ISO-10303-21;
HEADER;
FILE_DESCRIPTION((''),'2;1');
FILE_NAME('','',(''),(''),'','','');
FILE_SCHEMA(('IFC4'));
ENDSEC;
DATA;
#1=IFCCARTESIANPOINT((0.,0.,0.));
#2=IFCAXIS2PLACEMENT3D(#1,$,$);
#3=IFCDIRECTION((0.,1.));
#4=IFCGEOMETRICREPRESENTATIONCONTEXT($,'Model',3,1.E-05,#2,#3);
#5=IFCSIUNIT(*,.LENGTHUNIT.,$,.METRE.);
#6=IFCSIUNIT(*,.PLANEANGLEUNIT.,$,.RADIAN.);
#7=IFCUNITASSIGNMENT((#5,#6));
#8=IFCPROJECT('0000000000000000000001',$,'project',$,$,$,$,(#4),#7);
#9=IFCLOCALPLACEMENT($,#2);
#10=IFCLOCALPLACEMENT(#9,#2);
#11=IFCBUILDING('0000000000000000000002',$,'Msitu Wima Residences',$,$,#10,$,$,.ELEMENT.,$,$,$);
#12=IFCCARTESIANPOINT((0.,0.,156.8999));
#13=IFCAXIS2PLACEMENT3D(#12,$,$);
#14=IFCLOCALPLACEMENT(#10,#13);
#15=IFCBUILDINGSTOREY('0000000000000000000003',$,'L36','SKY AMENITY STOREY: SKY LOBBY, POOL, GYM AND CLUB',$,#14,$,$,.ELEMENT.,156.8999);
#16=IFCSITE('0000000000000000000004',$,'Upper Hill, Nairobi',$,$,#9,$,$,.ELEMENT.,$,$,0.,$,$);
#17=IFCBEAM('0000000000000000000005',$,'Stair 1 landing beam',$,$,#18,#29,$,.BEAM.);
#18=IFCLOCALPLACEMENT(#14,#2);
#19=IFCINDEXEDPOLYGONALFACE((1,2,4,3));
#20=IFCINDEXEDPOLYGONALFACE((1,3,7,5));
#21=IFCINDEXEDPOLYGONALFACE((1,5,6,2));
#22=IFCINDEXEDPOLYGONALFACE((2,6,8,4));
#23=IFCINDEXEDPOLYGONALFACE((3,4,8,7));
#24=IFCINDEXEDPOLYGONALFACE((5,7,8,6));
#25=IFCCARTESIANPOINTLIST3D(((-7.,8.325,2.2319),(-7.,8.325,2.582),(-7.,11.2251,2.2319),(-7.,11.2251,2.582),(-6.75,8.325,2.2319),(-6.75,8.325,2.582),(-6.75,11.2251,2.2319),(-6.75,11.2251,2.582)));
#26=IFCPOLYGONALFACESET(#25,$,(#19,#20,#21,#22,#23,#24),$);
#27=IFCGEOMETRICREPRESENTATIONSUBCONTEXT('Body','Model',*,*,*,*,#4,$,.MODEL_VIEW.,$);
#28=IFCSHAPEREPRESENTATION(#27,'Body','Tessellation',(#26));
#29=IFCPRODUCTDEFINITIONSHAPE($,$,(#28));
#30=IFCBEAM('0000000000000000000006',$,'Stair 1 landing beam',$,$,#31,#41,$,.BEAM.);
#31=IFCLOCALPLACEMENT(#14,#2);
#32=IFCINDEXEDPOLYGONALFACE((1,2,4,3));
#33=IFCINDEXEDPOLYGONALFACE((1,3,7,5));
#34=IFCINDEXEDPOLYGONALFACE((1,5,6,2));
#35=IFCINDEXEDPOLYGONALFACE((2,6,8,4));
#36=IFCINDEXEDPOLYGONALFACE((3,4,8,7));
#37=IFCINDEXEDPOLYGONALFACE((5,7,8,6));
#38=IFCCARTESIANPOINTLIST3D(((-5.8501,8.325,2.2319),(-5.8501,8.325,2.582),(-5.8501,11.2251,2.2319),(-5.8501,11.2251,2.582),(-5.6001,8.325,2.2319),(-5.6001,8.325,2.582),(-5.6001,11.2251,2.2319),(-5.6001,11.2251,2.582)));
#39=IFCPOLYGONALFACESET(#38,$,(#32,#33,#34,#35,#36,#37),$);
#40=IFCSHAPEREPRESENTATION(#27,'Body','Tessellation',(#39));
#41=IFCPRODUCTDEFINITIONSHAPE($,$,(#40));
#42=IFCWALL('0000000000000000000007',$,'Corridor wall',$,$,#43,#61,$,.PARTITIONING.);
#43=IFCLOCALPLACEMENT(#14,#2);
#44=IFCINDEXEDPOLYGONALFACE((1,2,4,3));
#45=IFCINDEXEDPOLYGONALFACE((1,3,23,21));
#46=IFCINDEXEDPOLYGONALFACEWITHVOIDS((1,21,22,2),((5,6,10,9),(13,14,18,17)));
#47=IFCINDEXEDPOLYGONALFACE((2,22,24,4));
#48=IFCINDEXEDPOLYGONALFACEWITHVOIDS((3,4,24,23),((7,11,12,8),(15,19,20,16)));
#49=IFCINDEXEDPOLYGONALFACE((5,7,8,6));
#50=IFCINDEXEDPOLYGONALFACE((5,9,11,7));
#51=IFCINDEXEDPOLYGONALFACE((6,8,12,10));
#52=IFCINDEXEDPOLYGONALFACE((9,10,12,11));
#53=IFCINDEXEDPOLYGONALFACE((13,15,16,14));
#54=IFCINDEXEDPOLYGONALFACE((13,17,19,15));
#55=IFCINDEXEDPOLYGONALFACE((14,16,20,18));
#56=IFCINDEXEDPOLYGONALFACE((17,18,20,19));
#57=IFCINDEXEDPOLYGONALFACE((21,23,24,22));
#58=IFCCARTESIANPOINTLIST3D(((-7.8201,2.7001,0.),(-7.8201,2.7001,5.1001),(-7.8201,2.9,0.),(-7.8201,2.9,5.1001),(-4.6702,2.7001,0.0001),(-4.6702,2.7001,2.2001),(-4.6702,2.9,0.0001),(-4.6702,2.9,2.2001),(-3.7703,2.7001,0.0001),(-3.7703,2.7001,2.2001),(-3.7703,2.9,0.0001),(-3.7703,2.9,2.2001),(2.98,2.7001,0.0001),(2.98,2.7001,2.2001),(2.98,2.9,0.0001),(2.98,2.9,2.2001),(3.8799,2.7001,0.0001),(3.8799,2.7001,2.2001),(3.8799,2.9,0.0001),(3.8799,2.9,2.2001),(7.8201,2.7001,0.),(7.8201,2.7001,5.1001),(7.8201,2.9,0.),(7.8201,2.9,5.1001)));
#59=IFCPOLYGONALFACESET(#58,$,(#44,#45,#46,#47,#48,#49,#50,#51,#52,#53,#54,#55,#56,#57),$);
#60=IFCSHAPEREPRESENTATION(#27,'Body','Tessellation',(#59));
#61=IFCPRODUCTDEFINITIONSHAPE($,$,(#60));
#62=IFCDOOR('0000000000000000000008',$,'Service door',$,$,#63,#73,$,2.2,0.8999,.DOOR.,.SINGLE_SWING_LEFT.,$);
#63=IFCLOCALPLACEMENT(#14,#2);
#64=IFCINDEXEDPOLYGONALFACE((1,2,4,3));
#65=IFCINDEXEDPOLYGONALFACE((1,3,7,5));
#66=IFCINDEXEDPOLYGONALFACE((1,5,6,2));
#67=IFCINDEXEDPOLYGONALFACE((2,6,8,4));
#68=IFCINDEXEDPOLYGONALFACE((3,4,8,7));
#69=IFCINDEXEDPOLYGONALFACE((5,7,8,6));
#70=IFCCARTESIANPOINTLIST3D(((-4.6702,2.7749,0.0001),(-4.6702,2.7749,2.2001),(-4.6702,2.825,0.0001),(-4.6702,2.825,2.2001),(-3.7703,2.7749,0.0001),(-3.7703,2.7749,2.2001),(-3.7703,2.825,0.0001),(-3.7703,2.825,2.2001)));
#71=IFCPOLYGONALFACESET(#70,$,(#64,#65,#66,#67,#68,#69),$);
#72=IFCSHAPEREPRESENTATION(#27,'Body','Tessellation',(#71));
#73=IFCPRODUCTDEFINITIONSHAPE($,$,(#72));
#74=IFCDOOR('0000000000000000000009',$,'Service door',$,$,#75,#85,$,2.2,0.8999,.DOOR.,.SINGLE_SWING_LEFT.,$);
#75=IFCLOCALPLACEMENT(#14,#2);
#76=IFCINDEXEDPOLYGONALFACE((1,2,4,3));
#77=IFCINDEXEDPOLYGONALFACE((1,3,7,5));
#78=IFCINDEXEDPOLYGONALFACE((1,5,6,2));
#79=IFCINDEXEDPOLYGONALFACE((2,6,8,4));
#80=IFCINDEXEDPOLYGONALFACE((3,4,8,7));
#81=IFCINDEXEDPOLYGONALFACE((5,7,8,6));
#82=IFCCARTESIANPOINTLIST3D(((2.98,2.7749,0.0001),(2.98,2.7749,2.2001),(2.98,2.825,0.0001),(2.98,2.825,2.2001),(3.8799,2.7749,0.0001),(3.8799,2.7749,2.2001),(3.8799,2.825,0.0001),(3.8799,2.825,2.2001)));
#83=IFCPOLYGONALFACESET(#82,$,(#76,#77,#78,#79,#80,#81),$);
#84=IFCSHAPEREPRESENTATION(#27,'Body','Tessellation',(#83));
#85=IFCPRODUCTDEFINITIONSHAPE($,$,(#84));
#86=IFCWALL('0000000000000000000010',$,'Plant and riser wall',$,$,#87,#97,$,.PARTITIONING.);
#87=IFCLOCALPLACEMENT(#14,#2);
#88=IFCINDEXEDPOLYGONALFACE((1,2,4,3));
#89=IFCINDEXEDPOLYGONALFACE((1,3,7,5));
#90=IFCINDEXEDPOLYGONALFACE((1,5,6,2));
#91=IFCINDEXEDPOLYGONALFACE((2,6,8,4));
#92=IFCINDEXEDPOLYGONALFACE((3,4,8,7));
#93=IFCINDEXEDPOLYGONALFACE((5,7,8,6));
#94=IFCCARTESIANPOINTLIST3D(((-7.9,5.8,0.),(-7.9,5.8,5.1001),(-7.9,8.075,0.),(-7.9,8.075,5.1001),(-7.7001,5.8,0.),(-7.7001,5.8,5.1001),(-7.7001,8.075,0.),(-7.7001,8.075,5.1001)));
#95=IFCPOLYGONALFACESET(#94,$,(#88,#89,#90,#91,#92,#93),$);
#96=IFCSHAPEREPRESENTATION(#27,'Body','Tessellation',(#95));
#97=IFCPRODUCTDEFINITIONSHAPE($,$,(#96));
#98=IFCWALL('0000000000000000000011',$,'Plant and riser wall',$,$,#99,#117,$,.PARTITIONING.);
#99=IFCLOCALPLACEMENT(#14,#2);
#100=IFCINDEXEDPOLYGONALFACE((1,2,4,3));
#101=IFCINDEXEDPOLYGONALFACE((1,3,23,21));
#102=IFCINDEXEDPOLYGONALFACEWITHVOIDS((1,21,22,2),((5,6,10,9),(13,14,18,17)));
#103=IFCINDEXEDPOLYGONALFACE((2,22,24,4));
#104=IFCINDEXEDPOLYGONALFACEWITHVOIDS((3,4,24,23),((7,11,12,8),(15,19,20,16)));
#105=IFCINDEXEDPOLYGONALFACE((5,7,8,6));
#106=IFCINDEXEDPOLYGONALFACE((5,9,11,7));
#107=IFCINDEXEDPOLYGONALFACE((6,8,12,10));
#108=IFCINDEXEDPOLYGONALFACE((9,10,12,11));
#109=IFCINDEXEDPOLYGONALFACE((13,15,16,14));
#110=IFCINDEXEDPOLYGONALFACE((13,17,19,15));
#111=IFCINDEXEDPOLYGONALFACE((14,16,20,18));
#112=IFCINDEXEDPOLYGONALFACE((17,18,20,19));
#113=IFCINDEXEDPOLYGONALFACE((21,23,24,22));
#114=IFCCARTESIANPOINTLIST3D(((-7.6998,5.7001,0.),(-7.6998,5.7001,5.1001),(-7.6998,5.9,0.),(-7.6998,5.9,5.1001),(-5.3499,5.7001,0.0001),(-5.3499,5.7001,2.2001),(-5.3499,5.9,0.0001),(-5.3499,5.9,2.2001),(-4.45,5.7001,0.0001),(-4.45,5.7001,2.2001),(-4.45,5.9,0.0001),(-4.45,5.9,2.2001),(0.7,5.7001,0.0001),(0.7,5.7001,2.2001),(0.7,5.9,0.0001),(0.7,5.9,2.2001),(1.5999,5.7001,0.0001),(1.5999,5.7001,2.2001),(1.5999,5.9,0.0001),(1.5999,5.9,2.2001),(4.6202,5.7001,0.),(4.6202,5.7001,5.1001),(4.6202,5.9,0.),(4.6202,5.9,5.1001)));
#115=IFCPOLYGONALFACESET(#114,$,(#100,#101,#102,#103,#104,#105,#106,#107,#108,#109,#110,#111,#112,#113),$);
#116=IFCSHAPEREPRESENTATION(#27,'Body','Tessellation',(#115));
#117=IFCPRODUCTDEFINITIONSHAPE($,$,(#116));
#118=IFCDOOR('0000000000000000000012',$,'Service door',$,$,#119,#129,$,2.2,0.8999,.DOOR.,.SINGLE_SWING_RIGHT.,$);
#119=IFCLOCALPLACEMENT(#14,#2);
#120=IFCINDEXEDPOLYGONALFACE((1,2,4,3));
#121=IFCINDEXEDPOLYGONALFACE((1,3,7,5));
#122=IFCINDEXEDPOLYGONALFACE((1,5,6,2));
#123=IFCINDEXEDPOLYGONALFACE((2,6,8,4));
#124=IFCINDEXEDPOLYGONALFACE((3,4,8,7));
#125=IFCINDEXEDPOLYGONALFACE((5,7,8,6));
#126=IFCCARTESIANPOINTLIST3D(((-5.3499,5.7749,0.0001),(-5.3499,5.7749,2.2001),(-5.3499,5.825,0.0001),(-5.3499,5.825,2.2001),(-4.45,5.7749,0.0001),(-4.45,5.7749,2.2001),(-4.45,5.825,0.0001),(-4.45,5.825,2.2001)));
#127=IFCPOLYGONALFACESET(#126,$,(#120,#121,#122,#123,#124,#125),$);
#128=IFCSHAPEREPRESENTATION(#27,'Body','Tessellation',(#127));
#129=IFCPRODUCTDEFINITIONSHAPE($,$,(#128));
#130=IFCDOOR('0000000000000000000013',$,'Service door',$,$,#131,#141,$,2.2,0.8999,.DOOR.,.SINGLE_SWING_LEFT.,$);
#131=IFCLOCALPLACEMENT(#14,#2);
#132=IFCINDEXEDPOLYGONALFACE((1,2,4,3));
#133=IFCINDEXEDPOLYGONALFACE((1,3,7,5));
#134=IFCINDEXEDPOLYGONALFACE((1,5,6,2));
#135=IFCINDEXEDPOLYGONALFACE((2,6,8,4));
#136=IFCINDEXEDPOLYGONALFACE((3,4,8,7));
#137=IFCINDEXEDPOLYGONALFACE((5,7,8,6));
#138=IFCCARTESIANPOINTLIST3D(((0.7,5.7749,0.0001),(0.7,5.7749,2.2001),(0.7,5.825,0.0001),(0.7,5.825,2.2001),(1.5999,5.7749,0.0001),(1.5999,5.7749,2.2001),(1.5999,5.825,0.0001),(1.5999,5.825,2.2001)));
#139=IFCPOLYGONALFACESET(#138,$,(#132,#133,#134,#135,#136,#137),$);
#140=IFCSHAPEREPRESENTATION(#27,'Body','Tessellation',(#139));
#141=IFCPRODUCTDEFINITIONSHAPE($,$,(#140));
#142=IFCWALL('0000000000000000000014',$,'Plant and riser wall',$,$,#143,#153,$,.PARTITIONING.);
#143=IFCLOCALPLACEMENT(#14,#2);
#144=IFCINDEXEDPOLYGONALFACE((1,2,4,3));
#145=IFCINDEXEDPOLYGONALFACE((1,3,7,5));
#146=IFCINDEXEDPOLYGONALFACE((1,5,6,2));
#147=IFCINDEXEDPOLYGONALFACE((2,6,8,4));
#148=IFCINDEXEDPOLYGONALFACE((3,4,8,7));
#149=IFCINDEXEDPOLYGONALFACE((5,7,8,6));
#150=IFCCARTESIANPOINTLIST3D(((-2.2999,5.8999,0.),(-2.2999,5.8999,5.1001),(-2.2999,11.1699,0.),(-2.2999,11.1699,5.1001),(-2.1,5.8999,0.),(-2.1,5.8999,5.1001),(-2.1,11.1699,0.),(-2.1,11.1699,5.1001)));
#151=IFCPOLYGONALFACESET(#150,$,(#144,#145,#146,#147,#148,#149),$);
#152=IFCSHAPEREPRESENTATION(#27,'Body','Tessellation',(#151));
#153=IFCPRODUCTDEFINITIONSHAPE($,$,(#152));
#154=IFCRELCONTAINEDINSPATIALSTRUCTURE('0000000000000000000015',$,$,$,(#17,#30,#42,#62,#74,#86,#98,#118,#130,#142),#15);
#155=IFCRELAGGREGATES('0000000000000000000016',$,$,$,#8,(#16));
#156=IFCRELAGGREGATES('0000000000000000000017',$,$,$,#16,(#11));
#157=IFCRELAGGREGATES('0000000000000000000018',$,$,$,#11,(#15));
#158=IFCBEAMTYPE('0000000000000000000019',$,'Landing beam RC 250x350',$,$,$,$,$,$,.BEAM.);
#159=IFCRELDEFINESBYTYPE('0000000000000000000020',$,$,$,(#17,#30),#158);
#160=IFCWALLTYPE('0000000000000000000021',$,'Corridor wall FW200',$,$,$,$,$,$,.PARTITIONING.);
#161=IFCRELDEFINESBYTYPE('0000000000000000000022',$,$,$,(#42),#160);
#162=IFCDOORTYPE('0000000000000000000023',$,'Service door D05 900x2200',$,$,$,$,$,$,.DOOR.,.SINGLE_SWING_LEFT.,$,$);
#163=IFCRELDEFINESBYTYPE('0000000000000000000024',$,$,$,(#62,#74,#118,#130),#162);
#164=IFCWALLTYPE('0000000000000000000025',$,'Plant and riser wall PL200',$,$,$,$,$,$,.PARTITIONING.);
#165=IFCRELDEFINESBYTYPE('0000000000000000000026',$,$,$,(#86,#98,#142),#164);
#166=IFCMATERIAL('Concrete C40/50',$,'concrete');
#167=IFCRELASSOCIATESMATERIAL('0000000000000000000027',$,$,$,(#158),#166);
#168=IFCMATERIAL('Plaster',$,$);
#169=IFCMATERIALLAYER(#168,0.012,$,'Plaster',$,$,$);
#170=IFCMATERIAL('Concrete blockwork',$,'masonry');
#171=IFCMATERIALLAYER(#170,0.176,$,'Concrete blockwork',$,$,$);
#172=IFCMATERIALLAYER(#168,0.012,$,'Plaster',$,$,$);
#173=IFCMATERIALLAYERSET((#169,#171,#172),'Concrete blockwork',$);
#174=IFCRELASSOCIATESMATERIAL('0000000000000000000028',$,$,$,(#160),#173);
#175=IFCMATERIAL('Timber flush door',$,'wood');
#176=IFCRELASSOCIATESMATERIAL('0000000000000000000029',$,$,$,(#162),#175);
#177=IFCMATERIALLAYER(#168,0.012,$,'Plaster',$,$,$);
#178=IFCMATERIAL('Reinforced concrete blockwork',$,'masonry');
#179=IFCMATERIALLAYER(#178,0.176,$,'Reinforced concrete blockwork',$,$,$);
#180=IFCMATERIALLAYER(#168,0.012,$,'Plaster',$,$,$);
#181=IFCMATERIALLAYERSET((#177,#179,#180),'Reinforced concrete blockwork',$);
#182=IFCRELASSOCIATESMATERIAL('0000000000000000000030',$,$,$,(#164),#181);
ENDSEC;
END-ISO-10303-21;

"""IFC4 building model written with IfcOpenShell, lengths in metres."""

from ifc_helpers import new_model, si_unit, direction, frame, frame_2d, origin, origin_2d, place, context, subcontext, project, spatial, rectangle, extrude, material, layer, layer_set, material_profile, profile_set, type_object, element, fill, save


model = new_model("IFC4")

# Units and contexts
model_context = context("Model", 3, precision=1e-05, world=origin(), true_north=direction((0.0, 1.0)))
body_context = subcontext(model_context, "Body", "Model", "MODEL_VIEW")
ifc_project = project(units=[si_unit("LENGTHUNIT", "METRE"), si_unit("PLANEANGLEUNIT", "RADIAN")], contexts=[model_context])

# Site, building, storey
site_placement = place(None, origin())
site = spatial("IfcSite", under=ifc_project, at=site_placement, Name="Upper Hill, Nairobi", CompositionType="ELEMENT", RefElevation=0.0)
building_placement = place(site_placement, origin())
building = spatial("IfcBuilding", under=site, at=building_placement, Name="Msitu Wima Residences", CompositionType="ELEMENT")
storey_placement = place(building_placement, frame((0.0, 0.0, 156.8999)))
storey = spatial("IfcBuildingStorey", under=building, at=storey_placement, Name="L36", Description="SKY AMENITY STOREY: SKY LOBBY, POOL, GYM AND CLUB", CompositionType="ELEMENT", Elevation=156.8999)

# Beams
ifc_material_1 = material(Name="Concrete C40/50", Category="concrete")
ifc_material_profile = material_profile(ifc_material_1, rectangle(XDim=0.25, YDim=0.3501, at=origin_2d()), Name="RC 250x350")
ifc_profile_set = profile_set([ifc_material_profile], Name="Concrete C40/50")
beam_type = type_object("IfcBeamType", Name="Landing beam RC 250x350", PredefinedType="BEAM", material=ifc_profile_set)
for number, where, z_axis, x_axis, name in (
    (1, (-6.875, 8.325, 2.407), (0.0, 1.0, 0.0), (-1.0, 0.0, 0.0), "Stair 1 landing beam"),
    (2, (-5.7251, 8.325, 2.407), (0.0, 1.0, 0.0), (-1.0, 0.0, 0.0), "Stair 1 landing beam"),
):
    element("IfcBeam", number, at=place(storey_placement, frame(where, z_axis=z_axis, x_axis=x_axis)), inside=storey, type_object=beam_type, Name=name, PredefinedType="BEAM", context=body_context, shape_type="SweptSolid", body=[
        extrude(rectangle(XDim=0.25, YDim=0.3501, at=origin_2d()), origin(), (0.0, 0.0, 1.0), 2.9001),
    ])

# Wall, openings, doors
ifc_material_2 = material(Name="Plaster")
ifc_layer_1 = layer(ifc_material_2, 0.012, Name="Plaster")
ifc_material_3 = material(Name="Concrete blockwork", Category="masonry")
ifc_layer_2 = layer(ifc_material_3, 0.176, Name="Concrete blockwork")
ifc_layer_3 = layer(ifc_material_2, 0.012, Name="Plaster")
ifc_layer_set_1 = layer_set([ifc_layer_1, ifc_layer_2, ifc_layer_3], Name="Concrete blockwork")
wall_type_1 = type_object("IfcWallType", Name="Corridor wall FW200", PredefinedType="PARTITIONING", material=ifc_layer_set_1)
wall_1_placement = place(storey_placement, frame((-7.8201, 2.8, 0.0), z_axis=(0.0, 0.0, 1.0), x_axis=(1.0, 0.0, 0.0)))
wall_1 = element("IfcWall", 3, at=wall_1_placement, inside=storey, type_object=wall_type_1, Name="Corridor wall", PredefinedType="PARTITIONING", context=body_context, shape_type="SweptSolid", body=[
    extrude(rectangle(XDim=15.6401, YDim=0.2, at=frame_2d((7.8201, 0.0))), origin(), (0.0, 0.0, 1.0), 5.1001),
])
opening_1_placement = place(wall_1_placement, frame((3.1499, 0.0, 0.0)))
opening_1 = element("IfcOpeningElement", 4, at=opening_1_placement, cuts=wall_1, PredefinedType="OPENING", context=body_context, shape_type="SweptSolid", body=[
    extrude(rectangle(XDim=0.8999, YDim=2.2, at=frame_2d((0.45, 1.1001))), frame((0.0, 0.1099, 0.0), z_axis=(0.0, -1.0, 0.0), x_axis=(1.0, 0.0, 0.0)), (0.0, 0.0, 1.0), 0.22),
])
opening_2_placement = place(wall_1_placement, frame((10.8, 0.0, 0.0)))
opening_2 = element("IfcOpeningElement", 5, at=opening_2_placement, cuts=wall_1, PredefinedType="OPENING", context=body_context, shape_type="SweptSolid", body=[
    extrude(rectangle(XDim=0.8999, YDim=2.2, at=frame_2d((0.45, 1.1001))), frame((0.0, 0.1099, 0.0), z_axis=(0.0, -1.0, 0.0), x_axis=(1.0, 0.0, 0.0)), (0.0, 0.0, 1.0), 0.22),
])
ifc_material_4 = material(Name="Timber flush door", Category="wood")
door_type_1 = type_object("IfcDoorType", Name="Service door D05 900x2200", OperationType="SINGLE_SWING_LEFT", PredefinedType="DOOR", material=ifc_material_4)
door_1_placement = place(opening_1_placement, origin())
door_1 = element("IfcDoor", 6, at=door_1_placement, inside=storey, type_object=door_type_1, Name="Service door", OperationType="SINGLE_SWING_LEFT", OverallHeight=2.2, OverallWidth=0.8999, PredefinedType="DOOR", context=body_context, shape_type="SweptSolid", body=[
    extrude(rectangle(XDim=0.8999, YDim=2.2, at=frame_2d((0.45, 1.1001))), frame((0.0, 0.0249, 0.0), z_axis=(0.0, -1.0, 0.0), x_axis=(1.0, 0.0, 0.0)), (0.0, 0.0, 1.0), 0.05),
])
fill(opening_1, door_1)
door_2_placement = place(opening_2_placement, origin())
door_2 = element("IfcDoor", 7, at=door_2_placement, inside=storey, type_object=door_type_1, Name="Service door", OperationType="SINGLE_SWING_LEFT", OverallHeight=2.2, OverallWidth=0.8999, PredefinedType="DOOR", context=body_context, shape_type="SweptSolid", body=[
    extrude(rectangle(XDim=0.8999, YDim=2.2, at=frame_2d((0.45, 1.1001))), frame((0.0, 0.0249, 0.0), z_axis=(0.0, -1.0, 0.0), x_axis=(1.0, 0.0, 0.0)), (0.0, 0.0, 1.0), 0.05),
])
fill(opening_2, door_2)

# Wall
ifc_layer_4 = layer(ifc_material_2, 0.012, Name="Plaster")
ifc_material_5 = material(Name="Reinforced concrete blockwork", Category="masonry")
ifc_layer_5 = layer(ifc_material_5, 0.176, Name="Reinforced concrete blockwork")
ifc_layer_6 = layer(ifc_material_2, 0.012, Name="Plaster")
ifc_layer_set_2 = layer_set([ifc_layer_4, ifc_layer_5, ifc_layer_6], Name="Reinforced concrete blockwork")
wall_type_2 = type_object("IfcWallType", Name="Plant and riser wall PL200", PredefinedType="PARTITIONING", material=ifc_layer_set_2)
wall_2_placement = place(storey_placement, frame((-7.8, 5.8, 0.0), z_axis=(0.0, 0.0, 1.0), x_axis=(0.0, 1.0, 0.0)))
element("IfcWall", 8, at=wall_2_placement, inside=storey, type_object=wall_type_2, Name="Plant and riser wall", PredefinedType="PARTITIONING", context=body_context, shape_type="SweptSolid", body=[
    extrude(rectangle(XDim=2.2749, YDim=0.2, at=frame_2d((1.1375, 0.0))), origin(), (0.0, 0.0, 1.0), 5.1001),
])

# Wall, openings, doors
wall_3_placement = place(storey_placement, frame((-7.7, 5.8, 0.0), z_axis=(0.0, 0.0, 1.0), x_axis=(1.0, 0.0, 0.0)))
wall_3 = element("IfcWall", 9, at=wall_3_placement, inside=storey, type_object=wall_type_2, Name="Plant and riser wall", PredefinedType="PARTITIONING", context=body_context, shape_type="SweptSolid", body=[
    extrude(rectangle(XDim=12.3201, YDim=0.2, at=frame_2d((6.1602, 0.0))), origin(), (0.0, 0.0, 1.0), 5.1001),
])
opening_3_placement = place(wall_3_placement, frame((2.3501, 0.0, 0.0)))
opening_3 = element("IfcOpeningElement", 10, at=opening_3_placement, cuts=wall_3, PredefinedType="OPENING", context=body_context, shape_type="SweptSolid", body=[
    extrude(rectangle(XDim=0.8999, YDim=2.2, at=frame_2d((0.45, 1.1001))), frame((0.0, 0.1099, 0.0), z_axis=(0.0, -1.0, 0.0), x_axis=(1.0, 0.0, 0.0)), (0.0, 0.0, 1.0), 0.22),
])
opening_4_placement = place(wall_3_placement, frame((8.3999, 0.0, 0.0)))
opening_4 = element("IfcOpeningElement", 11, at=opening_4_placement, cuts=wall_3, PredefinedType="OPENING", context=body_context, shape_type="SweptSolid", body=[
    extrude(rectangle(XDim=0.8999, YDim=2.2, at=frame_2d((0.45, 1.1001))), frame((0.0, 0.1099, 0.0), z_axis=(0.0, -1.0, 0.0), x_axis=(1.0, 0.0, 0.0)), (0.0, 0.0, 1.0), 0.22),
])
door_3_placement = place(opening_3_placement, origin())
door_3 = element("IfcDoor", 12, at=door_3_placement, inside=storey, type_object=door_type_1, Name="Service door", OperationType="SINGLE_SWING_RIGHT", OverallHeight=2.2, OverallWidth=0.8999, PredefinedType="DOOR", context=body_context, shape_type="SweptSolid", body=[
    extrude(rectangle(XDim=0.8999, YDim=2.2, at=frame_2d((0.45, 1.1001))), frame((0.0, 0.0249, 0.0), z_axis=(0.0, -1.0, 0.0), x_axis=(1.0, 0.0, 0.0)), (0.0, 0.0, 1.0), 0.05),
])
fill(opening_3, door_3)
door_4_placement = place(opening_4_placement, origin())
door_4 = element("IfcDoor", 13, at=door_4_placement, inside=storey, type_object=door_type_1, Name="Service door", OperationType="SINGLE_SWING_LEFT", OverallHeight=2.2, OverallWidth=0.8999, PredefinedType="DOOR", context=body_context, shape_type="SweptSolid", body=[
    extrude(rectangle(XDim=0.8999, YDim=2.2, at=frame_2d((0.45, 1.1001))), frame((0.0, 0.0249, 0.0), z_axis=(0.0, -1.0, 0.0), x_axis=(1.0, 0.0, 0.0)), (0.0, 0.0, 1.0), 0.05),
])
fill(opening_4, door_4)

# Wall
wall_4_placement = place(storey_placement, frame((-2.2, 5.8999, 0.0), z_axis=(0.0, 0.0, 1.0), x_axis=(0.0, 1.0, 0.0)))
element("IfcWall", 14, at=wall_4_placement, inside=storey, type_object=wall_type_2, Name="Plant and riser wall", PredefinedType="PARTITIONING", context=body_context, shape_type="SweptSolid", body=[
    extrude(rectangle(XDim=5.27, YDim=0.2, at=frame_2d((2.635, 0.0))), origin(), (0.0, 0.0, 1.0), 5.1001),
])

save(model, "model.ifc")
